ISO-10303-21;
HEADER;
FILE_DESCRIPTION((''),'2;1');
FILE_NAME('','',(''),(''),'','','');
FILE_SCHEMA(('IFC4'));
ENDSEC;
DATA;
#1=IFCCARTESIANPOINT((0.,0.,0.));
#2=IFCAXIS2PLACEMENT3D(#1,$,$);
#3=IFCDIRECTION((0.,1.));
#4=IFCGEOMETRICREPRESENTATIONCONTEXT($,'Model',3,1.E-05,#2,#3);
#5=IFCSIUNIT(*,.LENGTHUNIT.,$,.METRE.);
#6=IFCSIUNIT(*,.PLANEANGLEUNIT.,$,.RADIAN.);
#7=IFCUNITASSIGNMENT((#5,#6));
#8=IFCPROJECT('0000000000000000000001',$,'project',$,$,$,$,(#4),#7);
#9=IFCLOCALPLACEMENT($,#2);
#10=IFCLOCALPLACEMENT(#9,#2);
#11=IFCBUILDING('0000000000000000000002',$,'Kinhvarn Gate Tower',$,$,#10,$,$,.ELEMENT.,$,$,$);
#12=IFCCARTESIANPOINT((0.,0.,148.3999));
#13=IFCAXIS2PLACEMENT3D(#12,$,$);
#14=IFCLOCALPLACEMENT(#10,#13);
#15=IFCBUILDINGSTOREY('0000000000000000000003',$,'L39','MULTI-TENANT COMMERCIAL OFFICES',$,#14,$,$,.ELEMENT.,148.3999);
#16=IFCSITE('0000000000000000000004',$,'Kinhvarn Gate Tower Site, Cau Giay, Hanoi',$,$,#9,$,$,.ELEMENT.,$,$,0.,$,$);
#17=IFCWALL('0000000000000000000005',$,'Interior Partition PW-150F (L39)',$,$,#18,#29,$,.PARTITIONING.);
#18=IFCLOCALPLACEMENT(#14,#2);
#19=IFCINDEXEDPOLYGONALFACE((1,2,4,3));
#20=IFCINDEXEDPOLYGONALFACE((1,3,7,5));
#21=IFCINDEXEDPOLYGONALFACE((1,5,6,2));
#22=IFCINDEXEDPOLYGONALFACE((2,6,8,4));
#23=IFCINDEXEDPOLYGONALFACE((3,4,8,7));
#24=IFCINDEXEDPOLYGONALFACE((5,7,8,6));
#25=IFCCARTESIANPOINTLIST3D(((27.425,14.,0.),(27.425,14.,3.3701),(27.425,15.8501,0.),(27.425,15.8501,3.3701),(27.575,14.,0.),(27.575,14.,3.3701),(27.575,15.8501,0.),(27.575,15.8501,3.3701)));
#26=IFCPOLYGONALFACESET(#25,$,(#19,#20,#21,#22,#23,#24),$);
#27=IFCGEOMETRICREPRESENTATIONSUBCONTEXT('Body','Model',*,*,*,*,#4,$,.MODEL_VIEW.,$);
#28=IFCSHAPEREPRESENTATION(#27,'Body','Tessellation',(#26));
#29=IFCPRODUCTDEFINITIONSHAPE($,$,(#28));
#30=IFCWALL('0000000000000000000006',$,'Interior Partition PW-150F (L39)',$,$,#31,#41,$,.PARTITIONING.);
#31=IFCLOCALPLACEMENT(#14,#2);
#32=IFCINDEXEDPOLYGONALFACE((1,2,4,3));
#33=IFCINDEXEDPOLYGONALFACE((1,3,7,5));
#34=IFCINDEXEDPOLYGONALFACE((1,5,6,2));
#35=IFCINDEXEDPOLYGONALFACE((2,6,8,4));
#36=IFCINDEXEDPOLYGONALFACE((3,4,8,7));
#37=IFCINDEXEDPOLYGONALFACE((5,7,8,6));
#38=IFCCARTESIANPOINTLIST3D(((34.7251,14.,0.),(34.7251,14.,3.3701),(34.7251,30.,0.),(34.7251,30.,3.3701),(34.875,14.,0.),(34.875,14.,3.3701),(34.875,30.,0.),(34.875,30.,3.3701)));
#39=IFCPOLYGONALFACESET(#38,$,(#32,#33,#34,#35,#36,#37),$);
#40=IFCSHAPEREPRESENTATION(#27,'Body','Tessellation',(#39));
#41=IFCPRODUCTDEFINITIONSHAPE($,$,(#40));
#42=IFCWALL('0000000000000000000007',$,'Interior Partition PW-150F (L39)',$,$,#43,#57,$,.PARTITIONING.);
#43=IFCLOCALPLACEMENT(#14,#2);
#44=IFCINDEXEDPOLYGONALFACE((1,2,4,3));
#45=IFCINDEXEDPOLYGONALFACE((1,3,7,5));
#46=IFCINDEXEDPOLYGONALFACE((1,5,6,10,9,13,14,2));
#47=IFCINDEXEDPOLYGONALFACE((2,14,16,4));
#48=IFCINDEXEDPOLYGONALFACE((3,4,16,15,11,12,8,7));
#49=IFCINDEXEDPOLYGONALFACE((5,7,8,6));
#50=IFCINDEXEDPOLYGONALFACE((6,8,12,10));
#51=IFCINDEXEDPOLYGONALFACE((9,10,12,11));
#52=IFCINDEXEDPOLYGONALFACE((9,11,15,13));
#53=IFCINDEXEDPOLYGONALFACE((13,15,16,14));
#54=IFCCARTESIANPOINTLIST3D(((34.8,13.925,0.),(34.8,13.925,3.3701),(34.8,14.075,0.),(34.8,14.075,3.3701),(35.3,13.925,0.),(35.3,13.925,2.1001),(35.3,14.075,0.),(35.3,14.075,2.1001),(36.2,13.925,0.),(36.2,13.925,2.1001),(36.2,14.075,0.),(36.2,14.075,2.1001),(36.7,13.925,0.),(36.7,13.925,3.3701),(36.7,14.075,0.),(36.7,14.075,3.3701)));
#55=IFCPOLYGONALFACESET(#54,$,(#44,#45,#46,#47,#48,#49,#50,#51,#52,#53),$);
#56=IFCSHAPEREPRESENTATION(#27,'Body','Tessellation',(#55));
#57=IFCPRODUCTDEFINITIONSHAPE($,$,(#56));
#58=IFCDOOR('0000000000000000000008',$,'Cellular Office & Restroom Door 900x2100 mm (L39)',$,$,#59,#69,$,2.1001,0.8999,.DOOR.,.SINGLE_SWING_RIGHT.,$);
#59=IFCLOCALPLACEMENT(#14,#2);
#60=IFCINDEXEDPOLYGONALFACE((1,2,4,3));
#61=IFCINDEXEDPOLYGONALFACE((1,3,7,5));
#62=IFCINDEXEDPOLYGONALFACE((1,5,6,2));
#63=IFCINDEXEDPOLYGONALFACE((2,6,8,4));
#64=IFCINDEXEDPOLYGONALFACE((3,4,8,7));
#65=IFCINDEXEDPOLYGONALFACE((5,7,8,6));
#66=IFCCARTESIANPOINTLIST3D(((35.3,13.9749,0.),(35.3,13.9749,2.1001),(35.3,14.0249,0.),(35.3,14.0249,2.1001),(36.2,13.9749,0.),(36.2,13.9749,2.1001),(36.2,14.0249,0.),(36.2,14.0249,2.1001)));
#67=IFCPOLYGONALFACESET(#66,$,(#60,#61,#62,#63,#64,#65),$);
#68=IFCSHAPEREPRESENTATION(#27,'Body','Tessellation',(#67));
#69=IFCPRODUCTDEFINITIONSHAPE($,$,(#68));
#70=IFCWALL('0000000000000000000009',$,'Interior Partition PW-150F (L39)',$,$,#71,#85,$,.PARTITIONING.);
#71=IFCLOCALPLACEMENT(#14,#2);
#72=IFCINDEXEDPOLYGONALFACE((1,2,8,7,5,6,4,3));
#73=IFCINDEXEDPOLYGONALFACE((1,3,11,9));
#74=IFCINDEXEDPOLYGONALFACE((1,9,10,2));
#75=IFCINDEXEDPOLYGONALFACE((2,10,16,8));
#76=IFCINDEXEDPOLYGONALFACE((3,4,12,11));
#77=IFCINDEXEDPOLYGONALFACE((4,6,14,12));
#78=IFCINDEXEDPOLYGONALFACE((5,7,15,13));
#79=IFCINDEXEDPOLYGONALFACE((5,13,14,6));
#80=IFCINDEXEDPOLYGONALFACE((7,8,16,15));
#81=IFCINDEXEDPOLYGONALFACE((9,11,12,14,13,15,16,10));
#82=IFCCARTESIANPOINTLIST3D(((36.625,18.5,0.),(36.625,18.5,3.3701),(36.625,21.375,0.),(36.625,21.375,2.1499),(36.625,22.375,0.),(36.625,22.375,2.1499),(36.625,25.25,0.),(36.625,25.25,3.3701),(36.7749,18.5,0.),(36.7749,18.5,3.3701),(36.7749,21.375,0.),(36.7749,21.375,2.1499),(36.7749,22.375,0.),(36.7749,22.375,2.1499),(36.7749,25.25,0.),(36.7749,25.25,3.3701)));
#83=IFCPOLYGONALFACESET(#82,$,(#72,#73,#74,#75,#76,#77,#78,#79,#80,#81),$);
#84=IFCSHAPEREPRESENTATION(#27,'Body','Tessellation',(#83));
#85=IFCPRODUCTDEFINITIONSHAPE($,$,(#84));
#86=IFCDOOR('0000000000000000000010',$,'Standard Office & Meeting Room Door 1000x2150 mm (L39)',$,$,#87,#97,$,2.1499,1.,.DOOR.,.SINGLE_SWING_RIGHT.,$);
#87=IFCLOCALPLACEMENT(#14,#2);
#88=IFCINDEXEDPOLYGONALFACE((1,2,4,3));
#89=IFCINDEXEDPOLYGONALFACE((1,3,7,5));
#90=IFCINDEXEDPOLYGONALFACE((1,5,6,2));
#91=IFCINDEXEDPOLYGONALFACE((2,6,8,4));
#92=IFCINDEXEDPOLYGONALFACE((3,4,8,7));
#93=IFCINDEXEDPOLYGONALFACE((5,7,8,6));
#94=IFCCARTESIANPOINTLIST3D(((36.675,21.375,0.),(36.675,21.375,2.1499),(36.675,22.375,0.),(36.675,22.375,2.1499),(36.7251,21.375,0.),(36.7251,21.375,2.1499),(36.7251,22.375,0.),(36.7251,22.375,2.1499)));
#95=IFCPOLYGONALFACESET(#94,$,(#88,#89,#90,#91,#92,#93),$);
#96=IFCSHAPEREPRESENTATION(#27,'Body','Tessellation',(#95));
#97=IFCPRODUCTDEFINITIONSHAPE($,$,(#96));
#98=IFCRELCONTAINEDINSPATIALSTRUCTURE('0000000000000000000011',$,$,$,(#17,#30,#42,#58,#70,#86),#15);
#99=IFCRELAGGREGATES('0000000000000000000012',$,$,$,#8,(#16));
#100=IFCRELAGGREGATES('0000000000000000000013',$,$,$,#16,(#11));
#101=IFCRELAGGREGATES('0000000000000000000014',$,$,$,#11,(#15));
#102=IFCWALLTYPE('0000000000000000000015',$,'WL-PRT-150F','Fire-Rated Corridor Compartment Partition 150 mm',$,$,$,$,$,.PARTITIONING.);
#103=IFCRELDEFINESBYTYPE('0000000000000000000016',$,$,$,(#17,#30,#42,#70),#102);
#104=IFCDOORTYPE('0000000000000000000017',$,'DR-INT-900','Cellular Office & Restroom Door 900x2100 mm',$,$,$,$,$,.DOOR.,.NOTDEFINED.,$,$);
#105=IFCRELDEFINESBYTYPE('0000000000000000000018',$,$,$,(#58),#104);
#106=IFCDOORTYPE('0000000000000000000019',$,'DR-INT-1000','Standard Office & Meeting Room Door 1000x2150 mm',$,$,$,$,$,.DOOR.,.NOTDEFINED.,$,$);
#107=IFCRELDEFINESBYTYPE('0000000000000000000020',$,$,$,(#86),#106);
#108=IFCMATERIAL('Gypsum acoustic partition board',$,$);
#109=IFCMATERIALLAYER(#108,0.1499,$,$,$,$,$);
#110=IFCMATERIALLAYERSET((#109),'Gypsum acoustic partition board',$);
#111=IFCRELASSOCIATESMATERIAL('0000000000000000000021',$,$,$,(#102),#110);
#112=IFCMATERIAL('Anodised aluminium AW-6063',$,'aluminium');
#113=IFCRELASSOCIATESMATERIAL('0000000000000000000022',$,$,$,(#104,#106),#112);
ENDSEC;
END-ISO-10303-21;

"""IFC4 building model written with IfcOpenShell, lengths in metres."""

from ifc_helpers import new_model, si_unit, direction, frame, frame_2d, origin, place, context, subcontext, project, spatial, rectangle, extrude, material, layer, layer_set, type_object, element, fill, save


model = new_model("IFC4")

# Units and contexts
model_context = context("Model", 3, precision=1e-05, world=origin(), true_north=direction((0.0, 1.0)))
body_context = subcontext(model_context, "Body", "Model", "MODEL_VIEW")
ifc_project = project(units=[si_unit("LENGTHUNIT", "METRE"), si_unit("PLANEANGLEUNIT", "RADIAN")], contexts=[model_context])

# Site, building, storey
site_placement = place(None, origin())
site = spatial("IfcSite", under=ifc_project, at=site_placement, Name="Kinhvarn Gate Tower Site, Cau Giay, Hanoi", CompositionType="ELEMENT", RefElevation=0.0)
building_placement = place(site_placement, origin())
building = spatial("IfcBuilding", under=site, at=building_placement, Name="Kinhvarn Gate Tower", CompositionType="ELEMENT")
storey_placement = place(building_placement, frame((0.0, 0.0, 148.3999)))
storey = spatial("IfcBuildingStorey", under=building, at=storey_placement, Name="L39", Description="MULTI-TENANT COMMERCIAL OFFICES", CompositionType="ELEMENT", Elevation=148.3999)

# Walls
ifc_material_1 = material(Name="Gypsum acoustic partition board")
ifc_layer_1 = layer(ifc_material_1, 0.1499)
ifc_layer_set_1 = layer_set([ifc_layer_1], Name="Gypsum acoustic partition board")
wall_type_1 = type_object("IfcWallType", Name="WL-PRT-150F", Description="Fire-Rated Corridor Compartment Partition 150 mm", PredefinedType="PARTITIONING", material=ifc_layer_set_1)
wall_1_placement = place(storey_placement, frame((27.5, 14.0, 0.0), z_axis=(0.0, 0.0, 1.0), x_axis=(0.0, 1.0, 0.0)))
element("IfcWall", 1, at=wall_1_placement, inside=storey, type_object=wall_type_1, Name="Interior Partition PW-150F (L39)", PredefinedType="PARTITIONING", context=body_context, shape_type="SweptSolid", body=[
    extrude(rectangle(XDim=1.8501, YDim=0.1499, at=frame_2d((0.925, 0.0))), origin(), (0.0, 0.0, 1.0), 3.3701),
])
wall_2_placement = place(storey_placement, frame((34.8, 14.0, 0.0), z_axis=(0.0, 0.0, 1.0), x_axis=(0.0, 1.0, 0.0)))
element("IfcWall", 2, at=wall_2_placement, inside=storey, type_object=wall_type_1, Name="Interior Partition PW-150F (L39)", PredefinedType="PARTITIONING", context=body_context, shape_type="SweptSolid", body=[
    extrude(rectangle(XDim=16.0, YDim=0.1499, at=frame_2d((8.0, 0.0))), origin(), (0.0, 0.0, 1.0), 3.3701),
])

# Walls, openings, doors
wall_3_placement = place(storey_placement, frame((34.8, 14.0, 0.0), z_axis=(0.0, 0.0, 1.0), x_axis=(1.0, 0.0, 0.0)))
wall_3 = element("IfcWall", 3, at=wall_3_placement, inside=storey, type_object=wall_type_1, Name="Interior Partition PW-150F (L39)", PredefinedType="PARTITIONING", context=body_context, shape_type="SweptSolid", body=[
    extrude(rectangle(XDim=1.8999, YDim=0.1499, at=frame_2d((0.95, 0.0))), origin(), (0.0, 0.0, 1.0), 3.3701),
])
opening_1_placement = place(wall_3_placement, frame((0.5, 0.0, 0.0)))
opening_1 = element("IfcOpeningElement", 4, at=opening_1_placement, cuts=wall_3, PredefinedType="OPENING", context=body_context, shape_type="SweptSolid", body=[
    extrude(rectangle(XDim=0.8999, YDim=2.1001, at=frame_2d((0.45, 1.05))), frame((0.0, 0.085, 0.0), z_axis=(0.0, -1.0, 0.0), x_axis=(1.0, 0.0, 0.0)), (0.0, 0.0, 1.0), 0.1699),
])
ifc_material_2 = material(Name="Anodised aluminium AW-6063", Category="aluminium")
door_type_1 = type_object("IfcDoorType", Name="DR-INT-900", Description="Cellular Office & Restroom Door 900x2100 mm", OperationType="NOTDEFINED", PredefinedType="DOOR", material=ifc_material_2)
door_1_placement = place(opening_1_placement, origin())
door_1 = element("IfcDoor", 5, at=door_1_placement, inside=storey, type_object=door_type_1, Name="Cellular Office & Restroom Door 900x2100 mm (L39)", OperationType="SINGLE_SWING_RIGHT", OverallHeight=2.1001, OverallWidth=0.8999, PredefinedType="DOOR", context=body_context, shape_type="SweptSolid", body=[
    extrude(rectangle(XDim=0.8999, YDim=2.1001, at=frame_2d((0.45, 1.05))), frame((0.0, 0.0249, 0.0), z_axis=(0.0, -1.0, 0.0), x_axis=(1.0, 0.0, 0.0)), (0.0, 0.0, 1.0), 0.05),
])
fill(opening_1, door_1)
door_type_2 = type_object("IfcDoorType", Name="DR-INT-1000", Description="Standard Office & Meeting Room Door 1000x2150 mm", OperationType="NOTDEFINED", PredefinedType="DOOR", material=ifc_material_2)
wall_4_placement = place(storey_placement, frame((36.7, 18.5, 0.0), z_axis=(0.0, 0.0, 1.0), x_axis=(0.0, 1.0, 0.0)))
wall_4 = element("IfcWall", 6, at=wall_4_placement, inside=storey, type_object=wall_type_1, Name="Interior Partition PW-150F (L39)", PredefinedType="PARTITIONING", context=body_context, shape_type="SweptSolid", body=[
    extrude(rectangle(XDim=6.75, YDim=0.1499, at=frame_2d((3.375, 0.0))), origin(), (0.0, 0.0, 1.0), 3.3701),
])
opening_2_placement = place(wall_4_placement, frame((2.875, 0.0, 0.0)))
opening_2 = element("IfcOpeningElement", 7, at=opening_2_placement, cuts=wall_4, PredefinedType="OPENING", context=body_context, shape_type="SweptSolid", body=[
    extrude(rectangle(XDim=1.0, YDim=2.1499, at=frame_2d((0.5, 1.075))), frame((0.0, 0.085, 0.0), z_axis=(0.0, -1.0, 0.0), x_axis=(1.0, 0.0, 0.0)), (0.0, 0.0, 1.0), 0.1699),
])
door_2_placement = place(opening_2_placement, origin())
door_2 = element("IfcDoor", 8, at=door_2_placement, inside=storey, type_object=door_type_2, Name="Standard Office & Meeting Room Door 1000x2150 mm (L39)", OperationType="SINGLE_SWING_RIGHT", OverallHeight=2.1499, OverallWidth=1.0, PredefinedType="DOOR", context=body_context, shape_type="SweptSolid", body=[
    extrude(rectangle(XDim=1.0, YDim=2.1499, at=frame_2d((0.5, 1.075))), frame((0.0, 0.0249, 0.0), z_axis=(0.0, -1.0, 0.0), x_axis=(1.0, 0.0, 0.0)), (0.0, 0.0, 1.0), 0.05),
])
fill(opening_2, door_2)

save(model, "model.ifc")
